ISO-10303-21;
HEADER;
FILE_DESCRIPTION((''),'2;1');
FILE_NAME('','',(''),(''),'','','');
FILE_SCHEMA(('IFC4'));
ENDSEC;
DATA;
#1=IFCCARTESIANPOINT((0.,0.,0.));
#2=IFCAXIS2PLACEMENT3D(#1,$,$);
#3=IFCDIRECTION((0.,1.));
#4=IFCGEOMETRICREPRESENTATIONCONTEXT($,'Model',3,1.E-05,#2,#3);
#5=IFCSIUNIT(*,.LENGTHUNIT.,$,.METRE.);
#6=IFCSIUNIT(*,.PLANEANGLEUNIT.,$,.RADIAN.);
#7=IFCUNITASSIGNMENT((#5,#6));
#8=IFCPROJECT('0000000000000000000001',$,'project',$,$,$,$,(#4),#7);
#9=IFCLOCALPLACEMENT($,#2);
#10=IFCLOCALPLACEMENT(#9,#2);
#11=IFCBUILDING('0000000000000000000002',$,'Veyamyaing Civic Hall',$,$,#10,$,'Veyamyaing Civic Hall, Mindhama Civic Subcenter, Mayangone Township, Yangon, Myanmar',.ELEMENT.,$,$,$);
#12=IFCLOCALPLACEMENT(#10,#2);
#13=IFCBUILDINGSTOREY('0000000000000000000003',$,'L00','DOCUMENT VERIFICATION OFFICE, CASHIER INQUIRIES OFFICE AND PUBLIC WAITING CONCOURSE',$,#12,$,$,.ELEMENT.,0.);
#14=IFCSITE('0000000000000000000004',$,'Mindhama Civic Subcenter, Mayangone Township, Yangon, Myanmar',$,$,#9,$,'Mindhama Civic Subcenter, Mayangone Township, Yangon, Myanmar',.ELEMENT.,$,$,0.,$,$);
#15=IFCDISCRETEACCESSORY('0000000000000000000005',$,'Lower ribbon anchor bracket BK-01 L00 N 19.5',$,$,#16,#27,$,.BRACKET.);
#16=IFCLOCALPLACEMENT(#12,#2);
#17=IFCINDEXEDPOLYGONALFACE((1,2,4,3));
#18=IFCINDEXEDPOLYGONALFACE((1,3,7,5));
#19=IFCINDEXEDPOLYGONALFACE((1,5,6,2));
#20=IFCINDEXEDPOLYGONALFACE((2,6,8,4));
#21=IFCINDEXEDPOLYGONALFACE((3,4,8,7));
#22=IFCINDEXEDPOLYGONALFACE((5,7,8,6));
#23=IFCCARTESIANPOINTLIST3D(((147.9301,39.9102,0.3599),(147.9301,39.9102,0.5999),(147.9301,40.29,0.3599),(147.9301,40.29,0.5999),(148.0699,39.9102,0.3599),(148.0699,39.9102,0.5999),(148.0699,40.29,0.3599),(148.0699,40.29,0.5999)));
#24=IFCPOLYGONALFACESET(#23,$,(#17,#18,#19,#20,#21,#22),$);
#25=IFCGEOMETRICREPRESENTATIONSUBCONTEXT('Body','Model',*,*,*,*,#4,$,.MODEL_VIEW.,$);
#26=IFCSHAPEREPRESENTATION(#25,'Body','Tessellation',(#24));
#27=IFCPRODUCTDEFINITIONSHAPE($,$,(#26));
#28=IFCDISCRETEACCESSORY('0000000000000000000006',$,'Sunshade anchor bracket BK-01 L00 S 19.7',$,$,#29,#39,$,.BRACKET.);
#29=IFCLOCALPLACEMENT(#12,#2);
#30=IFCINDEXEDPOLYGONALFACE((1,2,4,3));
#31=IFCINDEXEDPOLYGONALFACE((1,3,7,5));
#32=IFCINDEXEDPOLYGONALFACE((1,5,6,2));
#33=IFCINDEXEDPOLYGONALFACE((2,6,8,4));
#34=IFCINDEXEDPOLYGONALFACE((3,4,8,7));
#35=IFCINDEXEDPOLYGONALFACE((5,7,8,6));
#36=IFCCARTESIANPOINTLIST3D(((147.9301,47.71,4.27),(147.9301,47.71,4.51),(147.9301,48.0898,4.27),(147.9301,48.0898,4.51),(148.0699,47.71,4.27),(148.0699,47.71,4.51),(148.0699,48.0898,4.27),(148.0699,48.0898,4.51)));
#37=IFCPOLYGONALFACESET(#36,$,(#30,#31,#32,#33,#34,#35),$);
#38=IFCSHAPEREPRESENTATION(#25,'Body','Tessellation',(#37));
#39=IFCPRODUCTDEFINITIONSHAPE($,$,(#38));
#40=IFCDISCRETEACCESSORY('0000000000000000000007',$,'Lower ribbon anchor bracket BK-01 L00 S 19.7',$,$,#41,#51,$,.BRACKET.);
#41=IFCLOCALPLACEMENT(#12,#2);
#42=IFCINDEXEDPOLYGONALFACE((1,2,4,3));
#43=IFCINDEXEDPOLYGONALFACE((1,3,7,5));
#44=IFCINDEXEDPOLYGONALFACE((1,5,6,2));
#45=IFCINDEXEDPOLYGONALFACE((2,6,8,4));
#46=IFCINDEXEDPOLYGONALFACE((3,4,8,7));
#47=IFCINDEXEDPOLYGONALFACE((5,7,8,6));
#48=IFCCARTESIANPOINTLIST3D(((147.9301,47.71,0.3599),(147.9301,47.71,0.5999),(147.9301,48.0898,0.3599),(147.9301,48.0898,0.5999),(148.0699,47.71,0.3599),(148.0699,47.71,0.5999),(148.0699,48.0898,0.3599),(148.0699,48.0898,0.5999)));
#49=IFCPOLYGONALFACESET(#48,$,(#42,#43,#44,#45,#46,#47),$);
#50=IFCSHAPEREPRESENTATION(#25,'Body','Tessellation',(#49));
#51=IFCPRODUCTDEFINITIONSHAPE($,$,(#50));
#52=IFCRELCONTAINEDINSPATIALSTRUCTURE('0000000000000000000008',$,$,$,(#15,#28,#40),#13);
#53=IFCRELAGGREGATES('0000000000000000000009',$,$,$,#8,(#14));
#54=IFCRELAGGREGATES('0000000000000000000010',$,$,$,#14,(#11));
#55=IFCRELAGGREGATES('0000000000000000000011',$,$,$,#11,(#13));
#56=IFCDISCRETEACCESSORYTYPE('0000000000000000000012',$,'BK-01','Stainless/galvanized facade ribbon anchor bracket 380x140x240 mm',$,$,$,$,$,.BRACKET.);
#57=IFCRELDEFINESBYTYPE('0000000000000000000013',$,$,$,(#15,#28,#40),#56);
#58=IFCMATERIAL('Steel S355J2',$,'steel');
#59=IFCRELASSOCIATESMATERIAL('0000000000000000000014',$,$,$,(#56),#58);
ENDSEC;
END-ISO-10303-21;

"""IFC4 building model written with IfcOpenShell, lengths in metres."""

from ifc_helpers import new_model, si_unit, direction, frame, origin, origin_2d, place, context, subcontext, project, spatial, rectangle, extrude, material, type_object, element, save


model = new_model("IFC4")

# Units and contexts
model_context = context("Model", 3, precision=1e-05, world=origin(), true_north=direction((0.0, 1.0)))
body_context = subcontext(model_context, "Body", "Model", "MODEL_VIEW")
ifc_project = project(units=[si_unit("LENGTHUNIT", "METRE"), si_unit("PLANEANGLEUNIT", "RADIAN")], contexts=[model_context])

# Site, building, storey
site_placement = place(None, origin())
site = spatial("IfcSite", under=ifc_project, at=site_placement, Name="Mindhama Civic Subcenter, Mayangone Township, Yangon, Myanmar", LongName="Mindhama Civic Subcenter, Mayangone Township, Yangon, Myanmar", CompositionType="ELEMENT", RefElevation=0.0)
building_placement = place(site_placement, origin())
building = spatial("IfcBuilding", under=site, at=building_placement, Name="Veyamyaing Civic Hall", LongName="Veyamyaing Civic Hall, Mindhama Civic Subcenter, Mayangone Township, Yangon, Myanmar", CompositionType="ELEMENT")
storey_placement = place(building_placement, origin())
storey = spatial("IfcBuildingStorey", under=building, at=storey_placement, Name="L00", Description="DOCUMENT VERIFICATION OFFICE, CASHIER INQUIRIES OFFICE AND PUBLIC WAITING CONCOURSE", CompositionType="ELEMENT", Elevation=0.0)

# Discrete accessories
ifc_material_1 = material(Name="Steel S355J2", Category="steel")
discrete_accessory_type = type_object("IfcDiscreteAccessoryType", Name="BK-01", Description="Stainless/galvanized facade ribbon anchor bracket 380x140x240 mm", PredefinedType="BRACKET", material=ifc_material_1)
for number, where, z_axis, x_axis, name in (
    (1, (148.0, 40.1001, 0.3599), (0.0, 0.0, 1.0), (0.0, 1.0, 0.0), "Lower ribbon anchor bracket BK-01 L00 N 19.5"),
    (2, (148.0, 47.8999, 4.27), (0.0, 0.0, 1.0), (0.0, -1.0, 0.0), "Sunshade anchor bracket BK-01 L00 S 19.7"),
    (3, (148.0, 47.8999, 0.3599), (0.0, 0.0, 1.0), (0.0, -1.0, 0.0), "Lower ribbon anchor bracket BK-01 L00 S 19.7"),
):
    element("IfcDiscreteAccessory", number, at=place(storey_placement, frame(where, z_axis=z_axis, x_axis=x_axis)), inside=storey, type_object=discrete_accessory_type, Name=name, PredefinedType="BRACKET", context=body_context, shape_type="SweptSolid", body=[
        extrude(rectangle(XDim=0.3799, YDim=0.1399, at=origin_2d()), origin(), (0.0, 0.0, 1.0), 0.24),
    ])

save(model, "model.ifc")
